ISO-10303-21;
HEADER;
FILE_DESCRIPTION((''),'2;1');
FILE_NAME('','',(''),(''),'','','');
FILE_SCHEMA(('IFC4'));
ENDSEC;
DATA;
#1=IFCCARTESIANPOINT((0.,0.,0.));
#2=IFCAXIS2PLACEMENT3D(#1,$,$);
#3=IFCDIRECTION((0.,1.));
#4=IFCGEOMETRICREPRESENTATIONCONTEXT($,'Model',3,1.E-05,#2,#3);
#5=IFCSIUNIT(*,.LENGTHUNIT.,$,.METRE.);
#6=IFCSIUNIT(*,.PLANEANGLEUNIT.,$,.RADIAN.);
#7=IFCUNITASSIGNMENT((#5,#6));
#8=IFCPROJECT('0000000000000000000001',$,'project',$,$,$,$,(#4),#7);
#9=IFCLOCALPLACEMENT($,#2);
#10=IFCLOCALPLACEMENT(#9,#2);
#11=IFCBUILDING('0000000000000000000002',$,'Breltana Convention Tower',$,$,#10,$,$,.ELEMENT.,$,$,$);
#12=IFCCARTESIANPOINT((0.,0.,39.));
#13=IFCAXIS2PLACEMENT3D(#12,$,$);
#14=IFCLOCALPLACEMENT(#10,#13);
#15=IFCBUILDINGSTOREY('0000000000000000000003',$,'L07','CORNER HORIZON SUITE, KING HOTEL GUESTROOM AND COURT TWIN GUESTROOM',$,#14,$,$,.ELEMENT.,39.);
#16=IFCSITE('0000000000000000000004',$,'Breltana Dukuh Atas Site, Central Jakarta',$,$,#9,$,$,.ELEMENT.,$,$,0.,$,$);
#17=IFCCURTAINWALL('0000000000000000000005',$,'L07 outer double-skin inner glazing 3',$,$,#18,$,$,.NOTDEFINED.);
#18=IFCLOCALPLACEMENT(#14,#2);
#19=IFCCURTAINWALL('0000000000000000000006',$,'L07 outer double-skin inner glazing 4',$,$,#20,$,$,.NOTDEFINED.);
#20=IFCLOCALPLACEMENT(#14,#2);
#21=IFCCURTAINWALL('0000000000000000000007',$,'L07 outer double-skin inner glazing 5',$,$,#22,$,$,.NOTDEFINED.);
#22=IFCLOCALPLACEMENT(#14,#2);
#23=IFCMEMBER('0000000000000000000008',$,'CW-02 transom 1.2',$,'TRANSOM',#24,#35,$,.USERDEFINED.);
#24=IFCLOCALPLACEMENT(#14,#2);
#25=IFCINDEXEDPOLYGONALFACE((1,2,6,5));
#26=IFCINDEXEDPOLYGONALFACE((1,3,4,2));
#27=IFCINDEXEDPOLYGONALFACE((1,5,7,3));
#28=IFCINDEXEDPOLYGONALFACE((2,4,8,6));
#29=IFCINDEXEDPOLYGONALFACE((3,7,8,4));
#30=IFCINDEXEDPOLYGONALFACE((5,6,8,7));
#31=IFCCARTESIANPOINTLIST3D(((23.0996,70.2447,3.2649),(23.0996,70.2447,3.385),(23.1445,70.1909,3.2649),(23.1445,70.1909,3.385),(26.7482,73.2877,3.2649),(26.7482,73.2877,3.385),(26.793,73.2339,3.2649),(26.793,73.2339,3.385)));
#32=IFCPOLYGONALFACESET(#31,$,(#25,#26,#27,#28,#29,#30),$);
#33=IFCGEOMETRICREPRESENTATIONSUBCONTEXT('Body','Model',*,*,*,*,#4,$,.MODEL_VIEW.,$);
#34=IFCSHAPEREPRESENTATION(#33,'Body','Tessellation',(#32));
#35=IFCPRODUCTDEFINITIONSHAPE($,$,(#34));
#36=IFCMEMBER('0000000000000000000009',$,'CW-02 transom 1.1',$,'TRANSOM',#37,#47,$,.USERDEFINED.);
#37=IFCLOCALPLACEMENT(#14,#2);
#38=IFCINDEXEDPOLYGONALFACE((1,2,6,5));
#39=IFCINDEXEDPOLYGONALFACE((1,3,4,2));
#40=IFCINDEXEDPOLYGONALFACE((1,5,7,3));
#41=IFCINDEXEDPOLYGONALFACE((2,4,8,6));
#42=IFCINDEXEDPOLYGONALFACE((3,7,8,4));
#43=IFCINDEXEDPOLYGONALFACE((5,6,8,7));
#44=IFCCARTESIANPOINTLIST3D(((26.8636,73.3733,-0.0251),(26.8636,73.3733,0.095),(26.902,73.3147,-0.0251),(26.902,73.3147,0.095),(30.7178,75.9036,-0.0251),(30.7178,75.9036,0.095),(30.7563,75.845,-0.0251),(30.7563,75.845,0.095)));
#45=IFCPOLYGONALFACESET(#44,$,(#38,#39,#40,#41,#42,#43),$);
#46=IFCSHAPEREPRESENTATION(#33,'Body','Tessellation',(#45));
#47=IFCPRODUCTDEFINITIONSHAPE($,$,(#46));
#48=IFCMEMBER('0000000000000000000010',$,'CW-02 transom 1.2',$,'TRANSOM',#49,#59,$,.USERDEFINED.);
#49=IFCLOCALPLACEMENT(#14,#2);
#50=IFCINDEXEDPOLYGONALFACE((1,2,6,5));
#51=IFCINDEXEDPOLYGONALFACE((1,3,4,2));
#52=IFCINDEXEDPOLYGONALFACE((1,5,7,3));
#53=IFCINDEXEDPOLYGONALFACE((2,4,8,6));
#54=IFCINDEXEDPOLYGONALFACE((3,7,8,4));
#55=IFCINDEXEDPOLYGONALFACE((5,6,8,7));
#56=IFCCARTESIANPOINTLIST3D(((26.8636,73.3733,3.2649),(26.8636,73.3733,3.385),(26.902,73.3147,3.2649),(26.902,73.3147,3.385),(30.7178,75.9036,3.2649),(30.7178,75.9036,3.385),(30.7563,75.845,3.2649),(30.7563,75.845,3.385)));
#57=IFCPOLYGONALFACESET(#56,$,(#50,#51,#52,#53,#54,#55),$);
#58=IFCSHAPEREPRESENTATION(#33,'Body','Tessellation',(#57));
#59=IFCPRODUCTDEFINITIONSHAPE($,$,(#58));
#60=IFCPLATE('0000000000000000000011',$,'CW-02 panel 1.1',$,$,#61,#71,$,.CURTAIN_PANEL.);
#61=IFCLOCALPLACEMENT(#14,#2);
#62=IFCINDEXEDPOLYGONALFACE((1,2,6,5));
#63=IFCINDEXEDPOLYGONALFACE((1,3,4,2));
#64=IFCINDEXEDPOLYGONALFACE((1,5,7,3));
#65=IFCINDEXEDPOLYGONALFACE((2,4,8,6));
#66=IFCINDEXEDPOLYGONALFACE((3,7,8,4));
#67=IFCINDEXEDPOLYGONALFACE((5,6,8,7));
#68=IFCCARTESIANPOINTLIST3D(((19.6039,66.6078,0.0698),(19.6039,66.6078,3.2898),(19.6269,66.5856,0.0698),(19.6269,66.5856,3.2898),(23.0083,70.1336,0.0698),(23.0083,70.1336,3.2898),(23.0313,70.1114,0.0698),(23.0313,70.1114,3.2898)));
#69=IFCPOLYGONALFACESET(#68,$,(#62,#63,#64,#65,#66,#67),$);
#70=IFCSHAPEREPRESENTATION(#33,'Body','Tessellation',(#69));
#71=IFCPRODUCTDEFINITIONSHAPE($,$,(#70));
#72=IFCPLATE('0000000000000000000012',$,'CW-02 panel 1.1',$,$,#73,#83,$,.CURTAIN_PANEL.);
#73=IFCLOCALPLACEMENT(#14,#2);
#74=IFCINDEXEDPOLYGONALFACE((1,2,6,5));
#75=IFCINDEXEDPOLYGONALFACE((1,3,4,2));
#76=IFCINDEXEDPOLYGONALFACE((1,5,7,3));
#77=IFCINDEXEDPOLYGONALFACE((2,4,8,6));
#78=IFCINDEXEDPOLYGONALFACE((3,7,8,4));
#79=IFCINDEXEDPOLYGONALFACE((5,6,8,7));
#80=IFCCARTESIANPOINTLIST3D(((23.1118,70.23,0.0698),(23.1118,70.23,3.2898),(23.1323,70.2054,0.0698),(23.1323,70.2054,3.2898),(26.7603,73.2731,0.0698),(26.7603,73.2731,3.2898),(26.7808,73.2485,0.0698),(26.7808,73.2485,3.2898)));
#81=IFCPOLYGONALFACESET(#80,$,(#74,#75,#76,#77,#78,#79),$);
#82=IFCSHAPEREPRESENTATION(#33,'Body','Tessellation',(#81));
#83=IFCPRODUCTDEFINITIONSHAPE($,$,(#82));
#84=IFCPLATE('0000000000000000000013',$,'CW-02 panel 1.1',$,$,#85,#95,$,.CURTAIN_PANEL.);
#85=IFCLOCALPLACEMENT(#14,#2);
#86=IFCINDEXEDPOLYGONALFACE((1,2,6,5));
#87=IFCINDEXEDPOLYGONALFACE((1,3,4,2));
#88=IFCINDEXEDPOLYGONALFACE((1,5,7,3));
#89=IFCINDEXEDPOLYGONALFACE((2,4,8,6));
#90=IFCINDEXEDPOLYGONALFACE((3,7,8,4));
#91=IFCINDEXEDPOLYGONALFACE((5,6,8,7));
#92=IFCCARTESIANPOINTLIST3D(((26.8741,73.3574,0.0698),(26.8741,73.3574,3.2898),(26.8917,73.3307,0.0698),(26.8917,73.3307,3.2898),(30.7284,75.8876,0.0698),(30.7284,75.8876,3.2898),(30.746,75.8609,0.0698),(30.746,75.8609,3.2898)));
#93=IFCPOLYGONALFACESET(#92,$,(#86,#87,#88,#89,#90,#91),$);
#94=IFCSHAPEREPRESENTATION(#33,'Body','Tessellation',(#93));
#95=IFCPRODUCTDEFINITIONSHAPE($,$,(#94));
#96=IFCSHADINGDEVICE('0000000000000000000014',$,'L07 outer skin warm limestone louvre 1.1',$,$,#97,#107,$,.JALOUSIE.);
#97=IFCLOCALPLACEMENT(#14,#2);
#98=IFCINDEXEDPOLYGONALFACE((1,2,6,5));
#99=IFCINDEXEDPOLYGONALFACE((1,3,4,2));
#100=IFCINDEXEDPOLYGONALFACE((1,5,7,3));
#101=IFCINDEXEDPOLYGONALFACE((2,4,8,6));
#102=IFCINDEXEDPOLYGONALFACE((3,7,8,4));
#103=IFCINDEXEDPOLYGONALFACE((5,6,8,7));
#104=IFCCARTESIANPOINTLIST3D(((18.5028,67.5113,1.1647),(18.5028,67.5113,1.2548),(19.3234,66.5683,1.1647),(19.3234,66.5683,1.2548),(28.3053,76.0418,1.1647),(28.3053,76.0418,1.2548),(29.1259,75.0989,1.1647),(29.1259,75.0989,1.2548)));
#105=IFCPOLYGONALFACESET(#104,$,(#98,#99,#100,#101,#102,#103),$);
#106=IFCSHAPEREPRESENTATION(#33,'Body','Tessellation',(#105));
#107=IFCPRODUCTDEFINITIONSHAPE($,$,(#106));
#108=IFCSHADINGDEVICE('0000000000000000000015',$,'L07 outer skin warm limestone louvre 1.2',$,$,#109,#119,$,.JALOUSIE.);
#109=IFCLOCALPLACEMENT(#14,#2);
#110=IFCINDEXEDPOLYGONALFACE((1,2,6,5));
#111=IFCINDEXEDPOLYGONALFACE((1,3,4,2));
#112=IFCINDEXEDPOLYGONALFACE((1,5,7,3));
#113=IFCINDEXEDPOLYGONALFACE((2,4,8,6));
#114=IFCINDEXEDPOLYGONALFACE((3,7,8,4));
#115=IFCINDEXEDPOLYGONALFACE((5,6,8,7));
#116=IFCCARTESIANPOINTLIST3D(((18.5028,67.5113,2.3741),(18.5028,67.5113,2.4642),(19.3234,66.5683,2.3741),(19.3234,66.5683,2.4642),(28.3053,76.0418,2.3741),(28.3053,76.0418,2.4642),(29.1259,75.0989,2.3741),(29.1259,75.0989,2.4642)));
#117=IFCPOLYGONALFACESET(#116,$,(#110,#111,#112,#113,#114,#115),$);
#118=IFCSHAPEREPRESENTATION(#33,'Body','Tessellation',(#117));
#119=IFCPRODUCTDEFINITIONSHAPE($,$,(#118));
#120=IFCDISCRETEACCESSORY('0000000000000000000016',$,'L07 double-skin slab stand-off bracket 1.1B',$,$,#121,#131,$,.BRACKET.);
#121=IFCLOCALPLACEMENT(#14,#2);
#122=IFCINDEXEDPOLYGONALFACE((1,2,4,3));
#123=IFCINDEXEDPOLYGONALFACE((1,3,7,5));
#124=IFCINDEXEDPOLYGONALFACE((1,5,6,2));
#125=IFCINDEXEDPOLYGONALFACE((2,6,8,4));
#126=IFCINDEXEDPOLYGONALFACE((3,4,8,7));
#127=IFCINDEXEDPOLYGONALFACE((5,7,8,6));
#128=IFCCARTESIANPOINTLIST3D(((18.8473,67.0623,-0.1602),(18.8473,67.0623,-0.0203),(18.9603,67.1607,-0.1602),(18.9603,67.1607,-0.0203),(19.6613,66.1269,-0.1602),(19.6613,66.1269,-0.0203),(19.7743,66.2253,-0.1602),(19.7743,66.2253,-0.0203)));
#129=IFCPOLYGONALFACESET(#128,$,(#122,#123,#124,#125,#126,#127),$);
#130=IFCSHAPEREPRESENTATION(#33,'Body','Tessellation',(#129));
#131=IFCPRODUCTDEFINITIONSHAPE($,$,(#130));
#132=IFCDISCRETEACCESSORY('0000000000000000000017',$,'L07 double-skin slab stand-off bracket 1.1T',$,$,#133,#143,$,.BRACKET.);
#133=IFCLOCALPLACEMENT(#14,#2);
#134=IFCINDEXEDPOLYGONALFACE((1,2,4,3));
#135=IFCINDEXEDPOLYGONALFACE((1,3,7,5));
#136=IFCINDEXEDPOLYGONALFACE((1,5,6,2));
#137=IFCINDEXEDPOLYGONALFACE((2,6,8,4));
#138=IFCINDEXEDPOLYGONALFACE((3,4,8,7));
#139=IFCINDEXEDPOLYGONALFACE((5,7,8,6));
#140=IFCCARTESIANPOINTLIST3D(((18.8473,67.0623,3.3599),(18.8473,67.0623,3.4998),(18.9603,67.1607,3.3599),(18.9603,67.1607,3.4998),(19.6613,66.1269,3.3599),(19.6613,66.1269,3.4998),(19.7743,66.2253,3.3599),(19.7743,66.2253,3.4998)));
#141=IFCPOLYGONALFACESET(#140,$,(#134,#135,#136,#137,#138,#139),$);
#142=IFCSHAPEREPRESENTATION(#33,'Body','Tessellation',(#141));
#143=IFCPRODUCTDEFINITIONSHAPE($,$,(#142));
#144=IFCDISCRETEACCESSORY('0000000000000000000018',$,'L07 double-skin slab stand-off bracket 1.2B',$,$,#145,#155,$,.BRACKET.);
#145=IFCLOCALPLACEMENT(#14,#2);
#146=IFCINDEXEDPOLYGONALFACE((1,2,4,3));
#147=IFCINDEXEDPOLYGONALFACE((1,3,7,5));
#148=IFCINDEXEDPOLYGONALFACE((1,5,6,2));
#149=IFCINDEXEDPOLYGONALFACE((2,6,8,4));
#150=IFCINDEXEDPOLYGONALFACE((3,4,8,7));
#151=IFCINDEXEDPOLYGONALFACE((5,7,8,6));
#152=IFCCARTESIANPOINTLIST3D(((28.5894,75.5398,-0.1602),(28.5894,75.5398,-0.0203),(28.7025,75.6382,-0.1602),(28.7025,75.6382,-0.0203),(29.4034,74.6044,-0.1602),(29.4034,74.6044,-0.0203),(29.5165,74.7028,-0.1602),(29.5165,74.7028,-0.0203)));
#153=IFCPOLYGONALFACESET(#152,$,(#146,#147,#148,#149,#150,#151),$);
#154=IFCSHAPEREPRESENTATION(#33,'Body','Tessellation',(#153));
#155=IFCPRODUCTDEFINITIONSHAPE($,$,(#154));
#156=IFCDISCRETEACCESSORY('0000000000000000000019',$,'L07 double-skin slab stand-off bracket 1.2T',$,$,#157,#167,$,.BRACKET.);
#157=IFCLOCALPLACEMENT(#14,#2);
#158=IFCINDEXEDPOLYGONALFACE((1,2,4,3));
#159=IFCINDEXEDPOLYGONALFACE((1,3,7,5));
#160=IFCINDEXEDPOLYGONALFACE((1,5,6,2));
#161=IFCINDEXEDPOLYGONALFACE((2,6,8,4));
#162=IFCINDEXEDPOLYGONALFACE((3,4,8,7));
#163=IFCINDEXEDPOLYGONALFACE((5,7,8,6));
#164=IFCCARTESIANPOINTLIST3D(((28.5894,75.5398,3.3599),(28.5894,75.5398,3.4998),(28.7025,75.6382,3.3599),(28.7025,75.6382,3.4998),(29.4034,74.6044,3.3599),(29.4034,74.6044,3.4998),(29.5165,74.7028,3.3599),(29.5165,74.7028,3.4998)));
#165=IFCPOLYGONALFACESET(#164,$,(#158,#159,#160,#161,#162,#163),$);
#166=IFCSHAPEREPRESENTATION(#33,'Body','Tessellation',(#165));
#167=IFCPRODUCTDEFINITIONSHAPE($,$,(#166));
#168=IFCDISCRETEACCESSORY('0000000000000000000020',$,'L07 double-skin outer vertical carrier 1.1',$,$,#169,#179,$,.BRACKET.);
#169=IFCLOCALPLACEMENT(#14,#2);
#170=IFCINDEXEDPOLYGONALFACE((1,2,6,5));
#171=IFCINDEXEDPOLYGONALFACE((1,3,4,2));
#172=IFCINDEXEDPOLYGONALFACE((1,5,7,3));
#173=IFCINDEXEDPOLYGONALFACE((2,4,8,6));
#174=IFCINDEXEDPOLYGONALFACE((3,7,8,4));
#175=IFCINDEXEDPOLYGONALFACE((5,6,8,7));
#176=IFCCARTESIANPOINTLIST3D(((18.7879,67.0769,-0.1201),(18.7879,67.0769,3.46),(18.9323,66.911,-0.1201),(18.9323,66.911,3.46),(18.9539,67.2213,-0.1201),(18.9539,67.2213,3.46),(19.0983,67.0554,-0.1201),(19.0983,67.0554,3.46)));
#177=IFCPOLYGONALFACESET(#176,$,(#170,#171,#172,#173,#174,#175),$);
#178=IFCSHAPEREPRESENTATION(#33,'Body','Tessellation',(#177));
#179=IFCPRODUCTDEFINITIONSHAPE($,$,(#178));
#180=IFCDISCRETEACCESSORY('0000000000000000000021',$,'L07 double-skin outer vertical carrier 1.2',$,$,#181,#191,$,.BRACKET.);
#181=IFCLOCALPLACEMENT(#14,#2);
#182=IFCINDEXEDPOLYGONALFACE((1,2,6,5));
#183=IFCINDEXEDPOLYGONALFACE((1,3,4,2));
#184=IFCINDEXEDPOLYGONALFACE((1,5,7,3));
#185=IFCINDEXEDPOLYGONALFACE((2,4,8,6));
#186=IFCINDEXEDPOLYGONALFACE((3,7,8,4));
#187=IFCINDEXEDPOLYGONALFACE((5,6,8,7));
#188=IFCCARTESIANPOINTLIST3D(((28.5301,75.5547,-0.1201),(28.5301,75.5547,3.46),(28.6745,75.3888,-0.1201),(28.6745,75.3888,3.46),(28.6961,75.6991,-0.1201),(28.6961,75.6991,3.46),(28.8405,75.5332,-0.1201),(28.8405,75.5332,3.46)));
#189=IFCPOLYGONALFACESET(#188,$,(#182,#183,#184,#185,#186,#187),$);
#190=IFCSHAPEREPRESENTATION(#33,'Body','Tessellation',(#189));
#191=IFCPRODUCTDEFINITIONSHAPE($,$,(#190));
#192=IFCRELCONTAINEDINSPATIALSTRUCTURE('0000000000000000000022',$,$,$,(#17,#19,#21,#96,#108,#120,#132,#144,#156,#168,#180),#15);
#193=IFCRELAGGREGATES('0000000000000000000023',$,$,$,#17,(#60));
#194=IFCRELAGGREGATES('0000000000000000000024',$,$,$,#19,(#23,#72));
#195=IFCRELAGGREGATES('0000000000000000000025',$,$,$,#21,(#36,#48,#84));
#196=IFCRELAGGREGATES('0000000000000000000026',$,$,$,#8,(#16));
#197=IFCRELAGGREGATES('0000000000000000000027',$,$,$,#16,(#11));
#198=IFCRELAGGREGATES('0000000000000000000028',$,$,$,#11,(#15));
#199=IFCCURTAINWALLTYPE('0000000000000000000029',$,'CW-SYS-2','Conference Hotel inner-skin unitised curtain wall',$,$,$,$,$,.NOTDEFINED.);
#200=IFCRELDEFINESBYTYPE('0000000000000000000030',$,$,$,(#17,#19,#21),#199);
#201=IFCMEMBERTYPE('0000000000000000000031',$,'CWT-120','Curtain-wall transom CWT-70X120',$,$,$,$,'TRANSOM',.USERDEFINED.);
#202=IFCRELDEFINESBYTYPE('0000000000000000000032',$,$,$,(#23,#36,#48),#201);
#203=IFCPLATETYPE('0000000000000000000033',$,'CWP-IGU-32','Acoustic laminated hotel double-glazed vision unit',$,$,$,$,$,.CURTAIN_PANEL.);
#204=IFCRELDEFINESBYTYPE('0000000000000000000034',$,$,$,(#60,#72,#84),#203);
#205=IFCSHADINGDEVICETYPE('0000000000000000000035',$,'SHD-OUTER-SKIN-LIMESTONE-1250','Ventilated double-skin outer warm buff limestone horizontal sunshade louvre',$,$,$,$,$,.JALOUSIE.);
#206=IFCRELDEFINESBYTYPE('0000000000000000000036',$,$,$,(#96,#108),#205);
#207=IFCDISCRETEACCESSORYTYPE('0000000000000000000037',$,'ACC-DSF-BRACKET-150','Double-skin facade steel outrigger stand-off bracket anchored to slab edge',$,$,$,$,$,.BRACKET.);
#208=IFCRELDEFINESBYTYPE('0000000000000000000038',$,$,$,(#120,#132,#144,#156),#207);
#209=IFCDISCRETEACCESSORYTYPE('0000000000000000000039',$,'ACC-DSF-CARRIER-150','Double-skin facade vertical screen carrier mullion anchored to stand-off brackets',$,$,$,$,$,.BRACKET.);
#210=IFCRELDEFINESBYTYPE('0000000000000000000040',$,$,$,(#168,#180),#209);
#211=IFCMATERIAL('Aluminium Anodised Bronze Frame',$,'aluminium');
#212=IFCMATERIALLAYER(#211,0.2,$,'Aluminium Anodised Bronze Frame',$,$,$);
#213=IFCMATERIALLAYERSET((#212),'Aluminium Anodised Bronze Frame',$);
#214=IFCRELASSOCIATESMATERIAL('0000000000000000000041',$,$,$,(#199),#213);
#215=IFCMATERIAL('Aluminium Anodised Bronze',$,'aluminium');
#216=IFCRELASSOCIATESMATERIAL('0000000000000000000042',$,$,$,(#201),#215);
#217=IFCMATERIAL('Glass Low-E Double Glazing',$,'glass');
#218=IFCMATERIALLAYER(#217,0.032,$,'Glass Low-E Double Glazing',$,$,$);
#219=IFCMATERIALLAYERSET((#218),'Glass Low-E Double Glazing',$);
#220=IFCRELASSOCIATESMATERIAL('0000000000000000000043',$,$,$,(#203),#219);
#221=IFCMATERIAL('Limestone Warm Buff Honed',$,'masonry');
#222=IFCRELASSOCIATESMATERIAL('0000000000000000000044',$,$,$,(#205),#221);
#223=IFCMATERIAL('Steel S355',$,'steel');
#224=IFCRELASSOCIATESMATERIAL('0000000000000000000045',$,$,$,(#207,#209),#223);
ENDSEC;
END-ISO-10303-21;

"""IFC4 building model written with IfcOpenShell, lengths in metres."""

from ifc_helpers import new_model, si_unit, direction, frame, origin, origin_2d, place, context, subcontext, project, spatial, rectangle, extrude, source, transform, mapped, material, layer, layer_set, material_profile, profile_set, type_object, type_shapes, element, aggregate, save


model = new_model("IFC4")

# Units and contexts
model_context = context("Model", 3, precision=1e-05, world=origin(), true_north=direction((0.0, 1.0)))
body_context = subcontext(model_context, "Body", "Model", "MODEL_VIEW")
ifc_project = project(units=[si_unit("LENGTHUNIT", "METRE"), si_unit("PLANEANGLEUNIT", "RADIAN")], contexts=[model_context])

# Site, building, storey
site_placement = place(None, origin())
site = spatial("IfcSite", under=ifc_project, at=site_placement, Name="Breltana Dukuh Atas Site, Central Jakarta", CompositionType="ELEMENT", RefElevation=0.0)
building_placement = place(site_placement, origin())
building = spatial("IfcBuilding", under=site, at=building_placement, Name="Breltana Convention Tower", CompositionType="ELEMENT")
storey_placement = place(building_placement, frame((0.0, 0.0, 39.0)))
storey = spatial("IfcBuildingStorey", under=building, at=storey_placement, Name="L07", Description="CORNER HORIZON SUITE, KING HOTEL GUESTROOM AND COURT TWIN GUESTROOM", CompositionType="ELEMENT", Elevation=39.0)

# Shared definitions
ifc_material_1 = material(Name="Aluminium Anodised Bronze Frame", Category="aluminium")
ifc_layer_1 = layer(ifc_material_1, 0.2, Name="Aluminium Anodised Bronze Frame")
ifc_layer_set_1 = layer_set([ifc_layer_1], Name="Aluminium Anodised Bronze Frame")
curtain_wall_type = type_object("IfcCurtainWallType", Name="CW-SYS-2", Description="Conference Hotel inner-skin unitised curtain wall", PredefinedType="NOTDEFINED", material=ifc_layer_set_1)
ifc_material_2 = material(Name="Aluminium Anodised Bronze", Category="aluminium")

# Curtain walls
curtain_wall_1_placement = place(storey_placement, origin())
curtain_wall_1 = element("IfcCurtainWall", 1, at=curtain_wall_1_placement, inside=storey, type_object=curtain_wall_type, Name="L07 outer double-skin inner glazing 3", PredefinedType="NOTDEFINED")
curtain_wall_2_placement = place(storey_placement, origin())
curtain_wall_2 = element("IfcCurtainWall", 2, at=curtain_wall_2_placement, inside=storey, type_object=curtain_wall_type, Name="L07 outer double-skin inner glazing 4", PredefinedType="NOTDEFINED")
curtain_wall_3_placement = place(storey_placement, origin())
curtain_wall_3 = element("IfcCurtainWall", 3, at=curtain_wall_3_placement, inside=storey, type_object=curtain_wall_type, Name="L07 outer double-skin inner glazing 5", PredefinedType="NOTDEFINED")

# Members
ifc_material_profile_1 = material_profile(ifc_material_2, rectangle(XDim=0.0701, YDim=0.1201, at=origin_2d()), Name="CWT-70X120")
ifc_profile_set_1 = profile_set([ifc_material_profile_1], Name="Aluminium Anodised Bronze")
member_type_1 = type_object("IfcMemberType", Name="CWT-120", Description="Curtain-wall transom CWT-70X120", ElementType="TRANSOM", PredefinedType="USERDEFINED", material=ifc_profile_set_1)
shared_shape_1 = source(origin(), body_context, "Body", "SweptSolid", [
    extrude(rectangle(XDim=0.0701, YDim=0.1201, at=origin_2d()), origin(), (0.0, 0.0, 1.0), 4.751),
])
member_1_placement = place(storey_placement, frame((23.1221, 70.2178, 3.325), z_axis=(0.767952, 0.640508, 0.0), x_axis=(-0.640508, 0.767952, 0.0)))
member_1 = element("IfcMember", 4, at=member_1_placement, type_object=member_type_1, Name="CW-02 transom 1.2", ObjectType="TRANSOM", PredefinedType="USERDEFINED", context=body_context, shape_type="MappedRepresentation", body=[
    mapped(shared_shape_1, transform((0.0, 0.0, 0.0), scale=1.0)),
])
shared_shape_2 = source(origin(), body_context, "Body", "SweptSolid", [
    extrude(rectangle(XDim=0.0701, YDim=0.1201, at=origin_2d()), origin(), (0.0, 0.0, 1.0), 4.6106),
])
member_2_placement = place(storey_placement, frame((26.8828, 73.344, 0.0349), z_axis=(0.835956, 0.548796, 0.0), x_axis=(-0.548796, 0.835956, 0.0)))
member_2 = element("IfcMember", 5, at=member_2_placement, type_object=member_type_1, Name="CW-02 transom 1.1", ObjectType="TRANSOM", PredefinedType="USERDEFINED", context=body_context, shape_type="MappedRepresentation", body=[
    mapped(shared_shape_2, transform((0.0, 0.0, 0.0), scale=1.0)),
])
member_3_placement = place(storey_placement, frame((26.8828, 73.344, 3.325), z_axis=(0.835956, 0.548796, 0.0), x_axis=(-0.548796, 0.835956, 0.0)))
member_3 = element("IfcMember", 6, at=member_3_placement, type_object=member_type_1, Name="CW-02 transom 1.2", ObjectType="TRANSOM", PredefinedType="USERDEFINED", context=body_context, shape_type="MappedRepresentation", body=[
    mapped(shared_shape_2, transform((0.0, 0.0, 0.0), scale=1.0)),
])

# Plates
ifc_material_3 = material(Name="Glass Low-E Double Glazing", Category="glass")
ifc_layer_2 = layer(ifc_material_3, 0.032, Name="Glass Low-E Double Glazing")
ifc_layer_set_2 = layer_set([ifc_layer_2], Name="Glass Low-E Double Glazing")
plate_type = type_object("IfcPlateType", Name="CWP-IGU-32", Description="Acoustic laminated hotel double-glazed vision unit", PredefinedType="CURTAIN_PANEL", material=ifc_layer_set_2)
shared_shape_3 = source(origin(), body_context, "Body", "SweptSolid", [
    extrude(rectangle(XDim=4.9011, YDim=0.032, at=origin_2d()), origin(), (0.0, 0.0, 1.0), 3.22),
])
plate_1_placement = place(storey_placement, frame((21.3176, 68.3596, 0.0698), z_axis=(0.0, 0.0, 1.0), x_axis=(0.69461, 0.719386, 0.0)))
plate_1 = element("IfcPlate", 7, at=plate_1_placement, type_object=plate_type, Name="CW-02 panel 1.1", PredefinedType="CURTAIN_PANEL", context=body_context, shape_type="MappedRepresentation", body=[
    mapped(shared_shape_3, transform((0.0, 0.0, 0.0), scale=1.0)),
])
aggregate(curtain_wall_1, [plate_1])
shared_shape_4 = source(origin(), body_context, "Body", "SweptSolid", [
    extrude(rectangle(XDim=4.751, YDim=0.032, at=origin_2d()), origin(), (0.0, 0.0, 1.0), 3.22),
])
plate_2_placement = place(storey_placement, frame((24.9463, 71.7393, 0.0698), z_axis=(0.0, 0.0, 1.0), x_axis=(0.767941, 0.64052, 0.0)))
plate_2 = element("IfcPlate", 8, at=plate_2_placement, type_object=plate_type, Name="CW-02 panel 1.1", PredefinedType="CURTAIN_PANEL", context=body_context, shape_type="MappedRepresentation", body=[
    mapped(shared_shape_4, transform((0.0, 0.0, 0.0), scale=1.0)),
])
aggregate(curtain_wall_2, [member_1, plate_2])
shared_shape_5 = source(origin(), body_context, "Body", "SweptSolid", [
    extrude(rectangle(XDim=4.6106, YDim=0.032, at=origin_2d()), origin(), (0.0, 0.0, 1.0), 3.22),
])
plate_3_placement = place(storey_placement, frame((28.8101, 74.6091, 0.0698), z_axis=(0.0, 0.0, 1.0), x_axis=(0.835964, 0.548784, 0.0)))
plate_3 = element("IfcPlate", 9, at=plate_3_placement, type_object=plate_type, Name="CW-02 panel 1.1", PredefinedType="CURTAIN_PANEL", context=body_context, shape_type="MappedRepresentation", body=[
    mapped(shared_shape_5, transform((0.0, 0.0, 0.0), scale=1.0)),
])
aggregate(curtain_wall_3, [member_2, member_3, plate_3])

# Shading devices
ifc_material_4 = material(Name="Limestone Warm Buff Honed", Category="masonry")
ifc_material_profile_2 = material_profile(ifc_material_4, rectangle(XDim=1.25, YDim=0.0901, at=origin_2d()), Name="STN-LVR-1250X90")
ifc_profile_set_2 = profile_set([ifc_material_profile_2], Name="Limestone Warm Buff Honed")
shading_device_type = type_object("IfcShadingDeviceType", Name="SHD-OUTER-SKIN-LIMESTONE-1250", Description="Ventilated double-skin outer warm buff limestone horizontal sunshade louvre", PredefinedType="JALOUSIE", material=ifc_profile_set_2)
shared_shape_6 = source(origin(), body_context, "Body", "SweptSolid", [
    extrude(rectangle(XDim=1.25, YDim=0.0901, at=origin_2d()), origin(), (0.0, 0.0, 1.0), 12.9946),
])
type_shapes(shading_device_type, [shared_shape_6])
for number, where, z_axis, x_axis, name in (
    (10, (18.9131, 67.0398, 1.2097), (0.754353, 0.656468, 0.0), (-0.656468, 0.754353, 0.0), "L07 outer skin warm limestone louvre 1.1"),
    (11, (18.9131, 67.0398, 2.4192), (0.754353, 0.656468, 0.0), (-0.656468, 0.754353, 0.0), "L07 outer skin warm limestone louvre 1.2"),
):
    element("IfcShadingDevice", number, at=place(storey_placement, frame(where, z_axis=z_axis, x_axis=x_axis)), inside=storey, type_object=shading_device_type, Name=name, PredefinedType="JALOUSIE", context=body_context, shape_type="MappedRepresentation", body=[
        mapped(shared_shape_6, transform((0.0, 0.0, 0.0), scale=1.0)),
    ])

# Discrete accessories
ifc_material_5 = material(Name="Steel S355", Category="steel")
discrete_accessory_type_1 = type_object("IfcDiscreteAccessoryType", Name="ACC-DSF-BRACKET-150", Description="Double-skin facade steel outrigger stand-off bracket anchored to slab edge", PredefinedType="BRACKET", material=ifc_material_5)
shared_shape_7 = source(origin(), body_context, "Body", "SweptSolid", [
    extrude(rectangle(XDim=1.24, YDim=0.1499, at=origin_2d()), origin(), (0.0, 0.0, 1.0), 0.1399),
])
type_shapes(discrete_accessory_type_1, [shared_shape_7])
for number, where, z_axis, x_axis, name in (
    (12, (19.3108, 66.6438, -0.1602), (0.0, 0.0, 1.0), (-0.656457, 0.754364, 0.0), "L07 double-skin slab stand-off bracket 1.1B"),
    (13, (19.3108, 66.6438, 3.3599), (0.0, 0.0, 1.0), (-0.656457, 0.754364, 0.0), "L07 double-skin slab stand-off bracket 1.1T"),
    (14, (29.053, 75.1213, -0.1602), (0.0, 0.0, 1.0), (-0.656457, 0.754364, 0.0), "L07 double-skin slab stand-off bracket 1.2B"),
    (15, (29.053, 75.1213, 3.3599), (0.0, 0.0, 1.0), (-0.656457, 0.754364, 0.0), "L07 double-skin slab stand-off bracket 1.2T"),
):
    element("IfcDiscreteAccessory", number, at=place(storey_placement, frame(where, z_axis=z_axis, x_axis=x_axis)), inside=storey, type_object=discrete_accessory_type_1, Name=name, PredefinedType="BRACKET", context=body_context, shape_type="MappedRepresentation", body=[
        mapped(shared_shape_7, transform((0.0, 0.0, 0.0), scale=1.0)),
    ])
discrete_accessory_type_2 = type_object("IfcDiscreteAccessoryType", Name="ACC-DSF-CARRIER-150", Description="Double-skin facade vertical screen carrier mullion anchored to stand-off brackets", PredefinedType="BRACKET", material=ifc_material_5)
shared_shape_8 = source(origin(), body_context, "Body", "SweptSolid", [
    extrude(rectangle(XDim=0.22, YDim=0.22, at=origin_2d()), origin(), (0.0, 0.0, 1.0), 3.5801),
])
for number, where, z_axis, x_axis, name in (
    (16, (18.9431, 67.0662, -0.1201), (0.0, 0.0, 1.0), (-0.656457, 0.754364, 0.0), "L07 double-skin outer vertical carrier 1.1"),
    (17, (28.6853, 75.5439, -0.1201), (0.0, 0.0, 1.0), (-0.656457, 0.754364, 0.0), "L07 double-skin outer vertical carrier 1.2"),
):
    element("IfcDiscreteAccessory", number, at=place(storey_placement, frame(where, z_axis=z_axis, x_axis=x_axis)), inside=storey, type_object=discrete_accessory_type_2, Name=name, PredefinedType="BRACKET", context=body_context, shape_type="MappedRepresentation", body=[
        mapped(shared_shape_8, transform((0.0, 0.0, 0.0), scale=1.0)),
    ])

save(model, "model.ifc")
